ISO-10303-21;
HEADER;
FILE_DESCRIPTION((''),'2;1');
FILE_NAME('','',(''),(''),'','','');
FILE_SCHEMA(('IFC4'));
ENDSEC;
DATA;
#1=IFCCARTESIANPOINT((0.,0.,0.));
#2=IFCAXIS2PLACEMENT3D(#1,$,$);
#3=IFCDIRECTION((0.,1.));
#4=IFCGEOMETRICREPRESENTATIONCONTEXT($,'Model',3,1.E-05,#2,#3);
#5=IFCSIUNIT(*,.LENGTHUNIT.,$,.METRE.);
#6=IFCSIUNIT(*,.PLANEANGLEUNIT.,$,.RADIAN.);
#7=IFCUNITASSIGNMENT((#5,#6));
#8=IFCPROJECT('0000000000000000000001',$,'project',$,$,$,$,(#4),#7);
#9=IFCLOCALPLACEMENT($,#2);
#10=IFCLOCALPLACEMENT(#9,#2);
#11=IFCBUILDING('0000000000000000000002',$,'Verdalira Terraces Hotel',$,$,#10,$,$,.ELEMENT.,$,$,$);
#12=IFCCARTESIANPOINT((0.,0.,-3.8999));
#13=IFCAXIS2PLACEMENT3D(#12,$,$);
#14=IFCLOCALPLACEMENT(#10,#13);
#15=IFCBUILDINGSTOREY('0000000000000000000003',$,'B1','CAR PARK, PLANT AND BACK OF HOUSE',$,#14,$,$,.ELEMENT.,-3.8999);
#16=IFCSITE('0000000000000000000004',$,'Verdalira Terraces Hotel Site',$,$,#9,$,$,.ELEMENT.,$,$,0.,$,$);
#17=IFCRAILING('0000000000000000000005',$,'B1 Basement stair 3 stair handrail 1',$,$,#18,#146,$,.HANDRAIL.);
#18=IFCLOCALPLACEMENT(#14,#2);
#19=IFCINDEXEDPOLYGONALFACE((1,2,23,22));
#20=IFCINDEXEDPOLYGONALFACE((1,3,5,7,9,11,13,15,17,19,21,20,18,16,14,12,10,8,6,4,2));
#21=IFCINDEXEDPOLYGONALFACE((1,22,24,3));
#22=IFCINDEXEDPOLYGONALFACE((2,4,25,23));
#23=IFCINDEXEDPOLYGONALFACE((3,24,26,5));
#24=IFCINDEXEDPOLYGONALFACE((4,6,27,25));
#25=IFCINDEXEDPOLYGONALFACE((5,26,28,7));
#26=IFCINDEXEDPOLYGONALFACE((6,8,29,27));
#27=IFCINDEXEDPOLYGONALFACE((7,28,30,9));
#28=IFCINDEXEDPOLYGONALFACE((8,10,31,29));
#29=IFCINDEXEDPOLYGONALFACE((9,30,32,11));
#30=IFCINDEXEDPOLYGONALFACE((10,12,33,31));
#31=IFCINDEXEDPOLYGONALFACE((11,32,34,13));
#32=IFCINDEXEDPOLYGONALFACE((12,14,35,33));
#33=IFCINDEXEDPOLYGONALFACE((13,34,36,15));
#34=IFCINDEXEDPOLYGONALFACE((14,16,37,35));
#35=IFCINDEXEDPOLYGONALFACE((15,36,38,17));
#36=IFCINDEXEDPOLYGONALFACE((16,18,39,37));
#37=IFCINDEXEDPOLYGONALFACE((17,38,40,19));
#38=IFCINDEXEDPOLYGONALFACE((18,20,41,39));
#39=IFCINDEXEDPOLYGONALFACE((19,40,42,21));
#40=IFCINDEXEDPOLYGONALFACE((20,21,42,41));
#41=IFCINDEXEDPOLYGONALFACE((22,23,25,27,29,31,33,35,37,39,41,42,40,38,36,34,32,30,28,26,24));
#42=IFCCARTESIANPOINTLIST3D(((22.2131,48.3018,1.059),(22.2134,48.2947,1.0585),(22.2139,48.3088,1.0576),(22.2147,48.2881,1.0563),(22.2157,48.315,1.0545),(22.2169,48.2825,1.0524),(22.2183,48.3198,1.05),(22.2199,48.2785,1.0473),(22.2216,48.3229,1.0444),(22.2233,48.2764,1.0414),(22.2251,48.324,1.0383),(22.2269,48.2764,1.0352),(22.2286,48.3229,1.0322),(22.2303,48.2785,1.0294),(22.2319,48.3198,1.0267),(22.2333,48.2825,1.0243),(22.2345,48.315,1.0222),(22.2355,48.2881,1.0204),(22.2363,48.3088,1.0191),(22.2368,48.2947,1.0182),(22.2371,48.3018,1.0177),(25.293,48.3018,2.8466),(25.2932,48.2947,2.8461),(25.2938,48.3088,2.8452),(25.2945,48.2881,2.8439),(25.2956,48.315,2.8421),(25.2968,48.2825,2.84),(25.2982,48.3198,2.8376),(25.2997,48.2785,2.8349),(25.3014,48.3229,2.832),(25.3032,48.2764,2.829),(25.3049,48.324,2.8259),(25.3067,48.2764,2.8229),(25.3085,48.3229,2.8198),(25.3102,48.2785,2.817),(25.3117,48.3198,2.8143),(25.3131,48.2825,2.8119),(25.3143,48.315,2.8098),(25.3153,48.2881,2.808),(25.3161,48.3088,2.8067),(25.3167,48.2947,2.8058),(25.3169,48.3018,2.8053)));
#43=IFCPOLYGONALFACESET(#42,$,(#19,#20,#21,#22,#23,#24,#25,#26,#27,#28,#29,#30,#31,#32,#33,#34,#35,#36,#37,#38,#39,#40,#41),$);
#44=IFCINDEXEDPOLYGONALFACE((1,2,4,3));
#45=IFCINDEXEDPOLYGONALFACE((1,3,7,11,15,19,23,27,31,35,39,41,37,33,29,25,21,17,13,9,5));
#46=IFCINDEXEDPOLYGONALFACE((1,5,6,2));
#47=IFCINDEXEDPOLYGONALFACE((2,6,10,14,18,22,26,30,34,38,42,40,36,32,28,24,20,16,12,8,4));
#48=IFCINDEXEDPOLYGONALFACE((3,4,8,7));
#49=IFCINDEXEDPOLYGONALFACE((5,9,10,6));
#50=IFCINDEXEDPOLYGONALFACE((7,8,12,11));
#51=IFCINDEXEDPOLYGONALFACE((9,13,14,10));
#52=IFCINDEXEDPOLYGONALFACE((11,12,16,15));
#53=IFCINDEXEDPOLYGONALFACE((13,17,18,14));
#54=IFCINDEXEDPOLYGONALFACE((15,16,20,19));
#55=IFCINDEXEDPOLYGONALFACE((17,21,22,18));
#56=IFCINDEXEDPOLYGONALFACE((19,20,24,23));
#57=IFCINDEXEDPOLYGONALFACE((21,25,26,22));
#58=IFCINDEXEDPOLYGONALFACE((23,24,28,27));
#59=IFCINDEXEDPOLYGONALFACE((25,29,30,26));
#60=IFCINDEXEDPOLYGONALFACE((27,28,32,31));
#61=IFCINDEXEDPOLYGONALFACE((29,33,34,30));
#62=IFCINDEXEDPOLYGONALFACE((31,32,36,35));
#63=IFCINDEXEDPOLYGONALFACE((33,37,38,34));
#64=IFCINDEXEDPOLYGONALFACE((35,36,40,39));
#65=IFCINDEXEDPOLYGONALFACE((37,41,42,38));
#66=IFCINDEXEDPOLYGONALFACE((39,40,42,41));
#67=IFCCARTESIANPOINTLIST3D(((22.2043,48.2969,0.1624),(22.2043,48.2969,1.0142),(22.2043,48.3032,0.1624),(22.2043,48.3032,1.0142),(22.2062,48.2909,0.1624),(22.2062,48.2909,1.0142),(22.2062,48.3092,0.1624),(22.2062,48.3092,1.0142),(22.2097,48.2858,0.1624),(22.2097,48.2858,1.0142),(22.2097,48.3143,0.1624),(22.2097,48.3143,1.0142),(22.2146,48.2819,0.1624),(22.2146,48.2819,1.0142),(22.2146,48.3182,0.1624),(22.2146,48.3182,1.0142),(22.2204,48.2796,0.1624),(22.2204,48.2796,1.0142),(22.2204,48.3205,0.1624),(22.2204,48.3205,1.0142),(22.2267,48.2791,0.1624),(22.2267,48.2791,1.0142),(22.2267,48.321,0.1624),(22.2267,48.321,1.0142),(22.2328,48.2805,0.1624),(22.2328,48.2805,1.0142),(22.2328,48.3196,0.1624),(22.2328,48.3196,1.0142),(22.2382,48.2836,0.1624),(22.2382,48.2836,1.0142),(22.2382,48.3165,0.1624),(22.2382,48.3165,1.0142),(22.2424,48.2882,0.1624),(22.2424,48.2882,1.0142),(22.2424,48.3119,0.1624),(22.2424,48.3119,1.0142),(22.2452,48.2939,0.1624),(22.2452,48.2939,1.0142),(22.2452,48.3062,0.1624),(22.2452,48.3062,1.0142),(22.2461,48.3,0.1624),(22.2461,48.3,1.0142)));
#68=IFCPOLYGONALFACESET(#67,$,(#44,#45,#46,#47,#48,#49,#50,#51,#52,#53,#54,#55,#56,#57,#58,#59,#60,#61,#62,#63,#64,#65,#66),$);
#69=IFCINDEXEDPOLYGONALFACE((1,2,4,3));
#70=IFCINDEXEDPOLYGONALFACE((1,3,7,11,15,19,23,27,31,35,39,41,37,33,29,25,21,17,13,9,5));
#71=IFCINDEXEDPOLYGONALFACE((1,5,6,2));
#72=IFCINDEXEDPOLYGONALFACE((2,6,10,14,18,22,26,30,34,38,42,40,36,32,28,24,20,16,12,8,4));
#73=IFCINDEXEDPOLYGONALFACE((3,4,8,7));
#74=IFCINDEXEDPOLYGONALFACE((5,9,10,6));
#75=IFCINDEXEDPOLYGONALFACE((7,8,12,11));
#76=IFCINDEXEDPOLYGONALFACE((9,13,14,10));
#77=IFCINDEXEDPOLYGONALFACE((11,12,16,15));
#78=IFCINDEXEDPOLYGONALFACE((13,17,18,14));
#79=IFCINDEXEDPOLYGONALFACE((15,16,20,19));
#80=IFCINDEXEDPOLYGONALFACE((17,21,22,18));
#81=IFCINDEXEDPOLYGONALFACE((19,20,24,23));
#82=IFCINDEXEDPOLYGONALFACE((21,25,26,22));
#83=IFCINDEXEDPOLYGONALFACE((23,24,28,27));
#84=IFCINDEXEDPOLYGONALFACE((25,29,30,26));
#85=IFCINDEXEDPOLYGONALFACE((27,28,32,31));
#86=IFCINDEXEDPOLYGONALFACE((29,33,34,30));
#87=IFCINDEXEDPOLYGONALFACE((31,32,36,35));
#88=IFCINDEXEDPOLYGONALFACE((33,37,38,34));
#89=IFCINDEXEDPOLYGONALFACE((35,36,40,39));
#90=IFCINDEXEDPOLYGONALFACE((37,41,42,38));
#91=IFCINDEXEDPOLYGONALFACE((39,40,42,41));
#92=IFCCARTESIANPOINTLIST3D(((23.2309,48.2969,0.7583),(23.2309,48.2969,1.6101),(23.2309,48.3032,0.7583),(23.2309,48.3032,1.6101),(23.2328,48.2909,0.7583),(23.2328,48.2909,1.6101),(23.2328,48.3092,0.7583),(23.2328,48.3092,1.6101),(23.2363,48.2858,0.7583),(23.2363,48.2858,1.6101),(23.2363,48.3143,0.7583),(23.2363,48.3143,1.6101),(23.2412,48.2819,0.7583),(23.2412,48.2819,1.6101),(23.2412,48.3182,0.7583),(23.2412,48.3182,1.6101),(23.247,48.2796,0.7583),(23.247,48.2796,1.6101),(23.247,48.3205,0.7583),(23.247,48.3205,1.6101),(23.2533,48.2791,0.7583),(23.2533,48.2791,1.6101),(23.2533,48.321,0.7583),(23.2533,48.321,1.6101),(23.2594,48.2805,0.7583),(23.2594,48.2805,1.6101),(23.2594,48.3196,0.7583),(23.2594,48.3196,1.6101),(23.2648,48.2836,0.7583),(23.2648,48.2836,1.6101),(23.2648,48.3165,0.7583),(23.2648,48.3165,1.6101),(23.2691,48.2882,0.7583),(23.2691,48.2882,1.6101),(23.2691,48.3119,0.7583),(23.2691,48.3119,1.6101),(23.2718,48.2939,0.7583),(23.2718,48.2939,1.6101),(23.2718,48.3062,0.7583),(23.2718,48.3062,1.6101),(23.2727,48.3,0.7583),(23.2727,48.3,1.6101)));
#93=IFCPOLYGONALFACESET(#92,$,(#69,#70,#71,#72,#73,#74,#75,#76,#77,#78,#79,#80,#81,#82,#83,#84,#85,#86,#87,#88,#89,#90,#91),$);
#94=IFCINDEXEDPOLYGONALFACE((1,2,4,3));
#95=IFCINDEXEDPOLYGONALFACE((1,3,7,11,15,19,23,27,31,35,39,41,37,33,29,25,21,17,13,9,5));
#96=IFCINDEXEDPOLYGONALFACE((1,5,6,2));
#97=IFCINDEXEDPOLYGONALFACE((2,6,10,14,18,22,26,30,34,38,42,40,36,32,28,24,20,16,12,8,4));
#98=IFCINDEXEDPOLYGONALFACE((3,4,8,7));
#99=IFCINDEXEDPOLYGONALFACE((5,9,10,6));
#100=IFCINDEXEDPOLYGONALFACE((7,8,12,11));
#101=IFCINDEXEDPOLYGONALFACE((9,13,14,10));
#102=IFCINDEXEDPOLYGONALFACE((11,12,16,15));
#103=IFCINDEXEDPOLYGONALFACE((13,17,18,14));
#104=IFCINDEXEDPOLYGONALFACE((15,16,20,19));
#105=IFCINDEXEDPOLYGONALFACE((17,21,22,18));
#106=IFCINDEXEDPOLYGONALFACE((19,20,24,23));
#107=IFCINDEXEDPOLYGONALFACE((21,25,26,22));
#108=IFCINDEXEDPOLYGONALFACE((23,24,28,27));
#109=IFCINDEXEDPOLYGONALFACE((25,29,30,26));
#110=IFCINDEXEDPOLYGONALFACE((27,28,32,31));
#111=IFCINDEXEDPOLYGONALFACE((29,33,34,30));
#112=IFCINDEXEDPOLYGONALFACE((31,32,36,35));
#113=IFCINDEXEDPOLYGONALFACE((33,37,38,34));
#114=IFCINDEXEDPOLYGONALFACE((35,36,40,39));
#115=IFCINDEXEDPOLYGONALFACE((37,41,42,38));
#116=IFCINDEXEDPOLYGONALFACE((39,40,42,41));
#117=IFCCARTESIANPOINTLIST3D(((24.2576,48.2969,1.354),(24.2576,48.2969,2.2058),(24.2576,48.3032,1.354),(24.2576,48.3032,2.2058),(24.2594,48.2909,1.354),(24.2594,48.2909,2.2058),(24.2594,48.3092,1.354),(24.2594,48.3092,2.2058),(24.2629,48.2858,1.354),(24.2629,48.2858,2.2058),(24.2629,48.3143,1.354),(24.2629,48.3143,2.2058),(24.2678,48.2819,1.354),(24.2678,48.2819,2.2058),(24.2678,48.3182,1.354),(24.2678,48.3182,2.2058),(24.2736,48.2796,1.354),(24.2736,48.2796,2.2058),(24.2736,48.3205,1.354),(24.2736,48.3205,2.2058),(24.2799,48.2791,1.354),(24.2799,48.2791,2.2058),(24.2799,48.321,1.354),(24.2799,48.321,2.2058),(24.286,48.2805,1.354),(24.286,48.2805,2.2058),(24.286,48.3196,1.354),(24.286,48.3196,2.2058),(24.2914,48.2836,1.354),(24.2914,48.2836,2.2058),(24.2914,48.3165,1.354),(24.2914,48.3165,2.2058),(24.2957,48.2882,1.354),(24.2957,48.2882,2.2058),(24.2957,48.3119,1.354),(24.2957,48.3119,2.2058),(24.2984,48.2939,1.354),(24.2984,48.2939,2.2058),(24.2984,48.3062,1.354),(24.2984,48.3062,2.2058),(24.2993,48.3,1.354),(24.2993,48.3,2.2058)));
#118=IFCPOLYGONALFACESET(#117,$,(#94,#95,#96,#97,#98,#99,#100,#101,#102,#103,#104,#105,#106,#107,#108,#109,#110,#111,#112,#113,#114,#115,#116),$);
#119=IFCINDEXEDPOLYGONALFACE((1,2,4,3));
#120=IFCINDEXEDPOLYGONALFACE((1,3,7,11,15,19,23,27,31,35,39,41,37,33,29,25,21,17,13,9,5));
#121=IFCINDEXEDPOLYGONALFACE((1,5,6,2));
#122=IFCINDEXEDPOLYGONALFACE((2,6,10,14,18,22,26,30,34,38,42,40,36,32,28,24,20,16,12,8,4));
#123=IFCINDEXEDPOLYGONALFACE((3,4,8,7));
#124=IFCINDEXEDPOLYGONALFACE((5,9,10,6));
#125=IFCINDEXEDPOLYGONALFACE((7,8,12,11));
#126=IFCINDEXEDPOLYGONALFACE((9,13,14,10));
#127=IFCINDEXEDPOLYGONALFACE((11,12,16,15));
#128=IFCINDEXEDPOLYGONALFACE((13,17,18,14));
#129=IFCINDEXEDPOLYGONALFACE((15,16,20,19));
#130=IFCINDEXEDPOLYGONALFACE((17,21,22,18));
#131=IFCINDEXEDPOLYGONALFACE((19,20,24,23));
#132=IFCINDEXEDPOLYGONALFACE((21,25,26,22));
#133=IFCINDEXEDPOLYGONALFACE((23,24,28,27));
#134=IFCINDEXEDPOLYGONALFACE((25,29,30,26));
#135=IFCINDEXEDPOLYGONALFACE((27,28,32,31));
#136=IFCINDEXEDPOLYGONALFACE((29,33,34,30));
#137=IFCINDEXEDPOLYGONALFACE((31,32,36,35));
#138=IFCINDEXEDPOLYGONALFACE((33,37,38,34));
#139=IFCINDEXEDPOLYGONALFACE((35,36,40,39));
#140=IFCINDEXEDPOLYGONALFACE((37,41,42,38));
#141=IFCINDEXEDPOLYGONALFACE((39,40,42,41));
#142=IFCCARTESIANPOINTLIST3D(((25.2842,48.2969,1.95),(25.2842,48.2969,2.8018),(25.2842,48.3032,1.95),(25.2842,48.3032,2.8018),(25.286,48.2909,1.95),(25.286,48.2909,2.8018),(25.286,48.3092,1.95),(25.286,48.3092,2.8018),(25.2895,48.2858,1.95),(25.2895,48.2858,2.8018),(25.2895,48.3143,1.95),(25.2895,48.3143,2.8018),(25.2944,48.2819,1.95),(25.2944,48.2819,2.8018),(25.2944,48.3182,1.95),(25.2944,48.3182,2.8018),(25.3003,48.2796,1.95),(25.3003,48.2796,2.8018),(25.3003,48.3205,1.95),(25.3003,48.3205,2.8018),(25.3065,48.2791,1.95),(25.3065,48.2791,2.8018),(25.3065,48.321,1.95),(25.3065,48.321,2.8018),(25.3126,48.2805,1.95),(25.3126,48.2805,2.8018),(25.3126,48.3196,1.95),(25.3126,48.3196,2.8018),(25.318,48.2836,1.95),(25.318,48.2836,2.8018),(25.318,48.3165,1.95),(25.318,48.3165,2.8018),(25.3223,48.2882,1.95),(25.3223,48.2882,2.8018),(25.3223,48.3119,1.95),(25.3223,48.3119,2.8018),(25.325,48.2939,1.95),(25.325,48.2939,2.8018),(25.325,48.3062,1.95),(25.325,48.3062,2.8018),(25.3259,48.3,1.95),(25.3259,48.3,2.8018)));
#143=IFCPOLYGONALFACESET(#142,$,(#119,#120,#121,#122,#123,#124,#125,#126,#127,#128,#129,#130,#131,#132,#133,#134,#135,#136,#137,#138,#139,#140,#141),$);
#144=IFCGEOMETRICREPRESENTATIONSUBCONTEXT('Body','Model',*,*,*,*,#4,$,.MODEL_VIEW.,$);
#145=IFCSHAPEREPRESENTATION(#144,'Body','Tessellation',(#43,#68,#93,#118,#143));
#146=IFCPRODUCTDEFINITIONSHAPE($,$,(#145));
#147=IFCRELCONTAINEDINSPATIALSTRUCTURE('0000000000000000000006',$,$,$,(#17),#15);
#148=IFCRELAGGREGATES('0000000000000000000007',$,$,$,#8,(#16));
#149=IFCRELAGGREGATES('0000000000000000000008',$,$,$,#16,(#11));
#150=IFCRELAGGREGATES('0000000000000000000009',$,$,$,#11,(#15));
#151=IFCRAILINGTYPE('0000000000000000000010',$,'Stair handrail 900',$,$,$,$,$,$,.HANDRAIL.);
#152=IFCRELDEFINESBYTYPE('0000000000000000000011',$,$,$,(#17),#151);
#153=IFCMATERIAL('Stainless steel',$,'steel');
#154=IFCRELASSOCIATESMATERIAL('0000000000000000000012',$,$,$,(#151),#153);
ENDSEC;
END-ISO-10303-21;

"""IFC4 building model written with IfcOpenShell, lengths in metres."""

from ifc_helpers import new_model, si_unit, direction, frame, origin, origin_2d, place, context, subcontext, project, spatial, circle, extrude, material, type_object, element, save


model = new_model("IFC4")

# Units and contexts
model_context = context("Model", 3, precision=1e-05, world=origin(), true_north=direction((0.0, 1.0)))
body_context = subcontext(model_context, "Body", "Model", "MODEL_VIEW")
ifc_project = project(units=[si_unit("LENGTHUNIT", "METRE"), si_unit("PLANEANGLEUNIT", "RADIAN")], contexts=[model_context])

# Site, building, storey
site_placement = place(None, origin())
site = spatial("IfcSite", under=ifc_project, at=site_placement, Name="Verdalira Terraces Hotel Site", CompositionType="ELEMENT", RefElevation=0.0)
building_placement = place(site_placement, origin())
building = spatial("IfcBuilding", under=site, at=building_placement, Name="Verdalira Terraces Hotel", CompositionType="ELEMENT")
storey_placement = place(building_placement, frame((0.0, 0.0, -3.8999)))
storey = spatial("IfcBuildingStorey", under=building, at=storey_placement, Name="B1", Description="CAR PARK, PLANT AND BACK OF HOUSE", CompositionType="ELEMENT", Elevation=-3.8999)

# Railing
ifc_material_1 = material(Name="Stainless steel", Category="steel")
railing_type_1 = type_object("IfcRailingType", Name="Stair handrail 900", PredefinedType="HANDRAIL", material=ifc_material_1)
railing_1_placement = place(storey_placement, frame((22.2251, 48.3, 0.1624)))
element("IfcRailing", 1, at=railing_1_placement, inside=storey, type_object=railing_type_1, Name="B1 Basement stair 3 stair handrail 1", PredefinedType="HANDRAIL", context=body_context, shape_type="SweptSolid", body=[
    extrude(circle(Radius=0.0239, at=origin_2d()), frame((0.0, 0.0, 0.876), z_axis=(0.864873, 0.0, 0.50199), x_axis=(0.0, 1.0, 0.0)), (0.0, 0.0, 1.0), 3.561),
    extrude(circle(Radius=0.021, at=origin_2d()), origin(), (0.0, 0.0, 1.0), 0.8518),
    extrude(circle(Radius=0.021, at=origin_2d()), frame((1.0266, 0.0, 0.5959)), (0.0, 0.0, 1.0), 0.8518),
    extrude(circle(Radius=0.021, at=origin_2d()), frame((2.0532, 0.0, 1.1917)), (0.0, 0.0, 1.0), 0.8518),
    extrude(circle(Radius=0.021, at=origin_2d()), frame((3.0798, 0.0, 1.7876)), (0.0, 0.0, 1.0), 0.8518),
])

save(model, "model.ifc")
